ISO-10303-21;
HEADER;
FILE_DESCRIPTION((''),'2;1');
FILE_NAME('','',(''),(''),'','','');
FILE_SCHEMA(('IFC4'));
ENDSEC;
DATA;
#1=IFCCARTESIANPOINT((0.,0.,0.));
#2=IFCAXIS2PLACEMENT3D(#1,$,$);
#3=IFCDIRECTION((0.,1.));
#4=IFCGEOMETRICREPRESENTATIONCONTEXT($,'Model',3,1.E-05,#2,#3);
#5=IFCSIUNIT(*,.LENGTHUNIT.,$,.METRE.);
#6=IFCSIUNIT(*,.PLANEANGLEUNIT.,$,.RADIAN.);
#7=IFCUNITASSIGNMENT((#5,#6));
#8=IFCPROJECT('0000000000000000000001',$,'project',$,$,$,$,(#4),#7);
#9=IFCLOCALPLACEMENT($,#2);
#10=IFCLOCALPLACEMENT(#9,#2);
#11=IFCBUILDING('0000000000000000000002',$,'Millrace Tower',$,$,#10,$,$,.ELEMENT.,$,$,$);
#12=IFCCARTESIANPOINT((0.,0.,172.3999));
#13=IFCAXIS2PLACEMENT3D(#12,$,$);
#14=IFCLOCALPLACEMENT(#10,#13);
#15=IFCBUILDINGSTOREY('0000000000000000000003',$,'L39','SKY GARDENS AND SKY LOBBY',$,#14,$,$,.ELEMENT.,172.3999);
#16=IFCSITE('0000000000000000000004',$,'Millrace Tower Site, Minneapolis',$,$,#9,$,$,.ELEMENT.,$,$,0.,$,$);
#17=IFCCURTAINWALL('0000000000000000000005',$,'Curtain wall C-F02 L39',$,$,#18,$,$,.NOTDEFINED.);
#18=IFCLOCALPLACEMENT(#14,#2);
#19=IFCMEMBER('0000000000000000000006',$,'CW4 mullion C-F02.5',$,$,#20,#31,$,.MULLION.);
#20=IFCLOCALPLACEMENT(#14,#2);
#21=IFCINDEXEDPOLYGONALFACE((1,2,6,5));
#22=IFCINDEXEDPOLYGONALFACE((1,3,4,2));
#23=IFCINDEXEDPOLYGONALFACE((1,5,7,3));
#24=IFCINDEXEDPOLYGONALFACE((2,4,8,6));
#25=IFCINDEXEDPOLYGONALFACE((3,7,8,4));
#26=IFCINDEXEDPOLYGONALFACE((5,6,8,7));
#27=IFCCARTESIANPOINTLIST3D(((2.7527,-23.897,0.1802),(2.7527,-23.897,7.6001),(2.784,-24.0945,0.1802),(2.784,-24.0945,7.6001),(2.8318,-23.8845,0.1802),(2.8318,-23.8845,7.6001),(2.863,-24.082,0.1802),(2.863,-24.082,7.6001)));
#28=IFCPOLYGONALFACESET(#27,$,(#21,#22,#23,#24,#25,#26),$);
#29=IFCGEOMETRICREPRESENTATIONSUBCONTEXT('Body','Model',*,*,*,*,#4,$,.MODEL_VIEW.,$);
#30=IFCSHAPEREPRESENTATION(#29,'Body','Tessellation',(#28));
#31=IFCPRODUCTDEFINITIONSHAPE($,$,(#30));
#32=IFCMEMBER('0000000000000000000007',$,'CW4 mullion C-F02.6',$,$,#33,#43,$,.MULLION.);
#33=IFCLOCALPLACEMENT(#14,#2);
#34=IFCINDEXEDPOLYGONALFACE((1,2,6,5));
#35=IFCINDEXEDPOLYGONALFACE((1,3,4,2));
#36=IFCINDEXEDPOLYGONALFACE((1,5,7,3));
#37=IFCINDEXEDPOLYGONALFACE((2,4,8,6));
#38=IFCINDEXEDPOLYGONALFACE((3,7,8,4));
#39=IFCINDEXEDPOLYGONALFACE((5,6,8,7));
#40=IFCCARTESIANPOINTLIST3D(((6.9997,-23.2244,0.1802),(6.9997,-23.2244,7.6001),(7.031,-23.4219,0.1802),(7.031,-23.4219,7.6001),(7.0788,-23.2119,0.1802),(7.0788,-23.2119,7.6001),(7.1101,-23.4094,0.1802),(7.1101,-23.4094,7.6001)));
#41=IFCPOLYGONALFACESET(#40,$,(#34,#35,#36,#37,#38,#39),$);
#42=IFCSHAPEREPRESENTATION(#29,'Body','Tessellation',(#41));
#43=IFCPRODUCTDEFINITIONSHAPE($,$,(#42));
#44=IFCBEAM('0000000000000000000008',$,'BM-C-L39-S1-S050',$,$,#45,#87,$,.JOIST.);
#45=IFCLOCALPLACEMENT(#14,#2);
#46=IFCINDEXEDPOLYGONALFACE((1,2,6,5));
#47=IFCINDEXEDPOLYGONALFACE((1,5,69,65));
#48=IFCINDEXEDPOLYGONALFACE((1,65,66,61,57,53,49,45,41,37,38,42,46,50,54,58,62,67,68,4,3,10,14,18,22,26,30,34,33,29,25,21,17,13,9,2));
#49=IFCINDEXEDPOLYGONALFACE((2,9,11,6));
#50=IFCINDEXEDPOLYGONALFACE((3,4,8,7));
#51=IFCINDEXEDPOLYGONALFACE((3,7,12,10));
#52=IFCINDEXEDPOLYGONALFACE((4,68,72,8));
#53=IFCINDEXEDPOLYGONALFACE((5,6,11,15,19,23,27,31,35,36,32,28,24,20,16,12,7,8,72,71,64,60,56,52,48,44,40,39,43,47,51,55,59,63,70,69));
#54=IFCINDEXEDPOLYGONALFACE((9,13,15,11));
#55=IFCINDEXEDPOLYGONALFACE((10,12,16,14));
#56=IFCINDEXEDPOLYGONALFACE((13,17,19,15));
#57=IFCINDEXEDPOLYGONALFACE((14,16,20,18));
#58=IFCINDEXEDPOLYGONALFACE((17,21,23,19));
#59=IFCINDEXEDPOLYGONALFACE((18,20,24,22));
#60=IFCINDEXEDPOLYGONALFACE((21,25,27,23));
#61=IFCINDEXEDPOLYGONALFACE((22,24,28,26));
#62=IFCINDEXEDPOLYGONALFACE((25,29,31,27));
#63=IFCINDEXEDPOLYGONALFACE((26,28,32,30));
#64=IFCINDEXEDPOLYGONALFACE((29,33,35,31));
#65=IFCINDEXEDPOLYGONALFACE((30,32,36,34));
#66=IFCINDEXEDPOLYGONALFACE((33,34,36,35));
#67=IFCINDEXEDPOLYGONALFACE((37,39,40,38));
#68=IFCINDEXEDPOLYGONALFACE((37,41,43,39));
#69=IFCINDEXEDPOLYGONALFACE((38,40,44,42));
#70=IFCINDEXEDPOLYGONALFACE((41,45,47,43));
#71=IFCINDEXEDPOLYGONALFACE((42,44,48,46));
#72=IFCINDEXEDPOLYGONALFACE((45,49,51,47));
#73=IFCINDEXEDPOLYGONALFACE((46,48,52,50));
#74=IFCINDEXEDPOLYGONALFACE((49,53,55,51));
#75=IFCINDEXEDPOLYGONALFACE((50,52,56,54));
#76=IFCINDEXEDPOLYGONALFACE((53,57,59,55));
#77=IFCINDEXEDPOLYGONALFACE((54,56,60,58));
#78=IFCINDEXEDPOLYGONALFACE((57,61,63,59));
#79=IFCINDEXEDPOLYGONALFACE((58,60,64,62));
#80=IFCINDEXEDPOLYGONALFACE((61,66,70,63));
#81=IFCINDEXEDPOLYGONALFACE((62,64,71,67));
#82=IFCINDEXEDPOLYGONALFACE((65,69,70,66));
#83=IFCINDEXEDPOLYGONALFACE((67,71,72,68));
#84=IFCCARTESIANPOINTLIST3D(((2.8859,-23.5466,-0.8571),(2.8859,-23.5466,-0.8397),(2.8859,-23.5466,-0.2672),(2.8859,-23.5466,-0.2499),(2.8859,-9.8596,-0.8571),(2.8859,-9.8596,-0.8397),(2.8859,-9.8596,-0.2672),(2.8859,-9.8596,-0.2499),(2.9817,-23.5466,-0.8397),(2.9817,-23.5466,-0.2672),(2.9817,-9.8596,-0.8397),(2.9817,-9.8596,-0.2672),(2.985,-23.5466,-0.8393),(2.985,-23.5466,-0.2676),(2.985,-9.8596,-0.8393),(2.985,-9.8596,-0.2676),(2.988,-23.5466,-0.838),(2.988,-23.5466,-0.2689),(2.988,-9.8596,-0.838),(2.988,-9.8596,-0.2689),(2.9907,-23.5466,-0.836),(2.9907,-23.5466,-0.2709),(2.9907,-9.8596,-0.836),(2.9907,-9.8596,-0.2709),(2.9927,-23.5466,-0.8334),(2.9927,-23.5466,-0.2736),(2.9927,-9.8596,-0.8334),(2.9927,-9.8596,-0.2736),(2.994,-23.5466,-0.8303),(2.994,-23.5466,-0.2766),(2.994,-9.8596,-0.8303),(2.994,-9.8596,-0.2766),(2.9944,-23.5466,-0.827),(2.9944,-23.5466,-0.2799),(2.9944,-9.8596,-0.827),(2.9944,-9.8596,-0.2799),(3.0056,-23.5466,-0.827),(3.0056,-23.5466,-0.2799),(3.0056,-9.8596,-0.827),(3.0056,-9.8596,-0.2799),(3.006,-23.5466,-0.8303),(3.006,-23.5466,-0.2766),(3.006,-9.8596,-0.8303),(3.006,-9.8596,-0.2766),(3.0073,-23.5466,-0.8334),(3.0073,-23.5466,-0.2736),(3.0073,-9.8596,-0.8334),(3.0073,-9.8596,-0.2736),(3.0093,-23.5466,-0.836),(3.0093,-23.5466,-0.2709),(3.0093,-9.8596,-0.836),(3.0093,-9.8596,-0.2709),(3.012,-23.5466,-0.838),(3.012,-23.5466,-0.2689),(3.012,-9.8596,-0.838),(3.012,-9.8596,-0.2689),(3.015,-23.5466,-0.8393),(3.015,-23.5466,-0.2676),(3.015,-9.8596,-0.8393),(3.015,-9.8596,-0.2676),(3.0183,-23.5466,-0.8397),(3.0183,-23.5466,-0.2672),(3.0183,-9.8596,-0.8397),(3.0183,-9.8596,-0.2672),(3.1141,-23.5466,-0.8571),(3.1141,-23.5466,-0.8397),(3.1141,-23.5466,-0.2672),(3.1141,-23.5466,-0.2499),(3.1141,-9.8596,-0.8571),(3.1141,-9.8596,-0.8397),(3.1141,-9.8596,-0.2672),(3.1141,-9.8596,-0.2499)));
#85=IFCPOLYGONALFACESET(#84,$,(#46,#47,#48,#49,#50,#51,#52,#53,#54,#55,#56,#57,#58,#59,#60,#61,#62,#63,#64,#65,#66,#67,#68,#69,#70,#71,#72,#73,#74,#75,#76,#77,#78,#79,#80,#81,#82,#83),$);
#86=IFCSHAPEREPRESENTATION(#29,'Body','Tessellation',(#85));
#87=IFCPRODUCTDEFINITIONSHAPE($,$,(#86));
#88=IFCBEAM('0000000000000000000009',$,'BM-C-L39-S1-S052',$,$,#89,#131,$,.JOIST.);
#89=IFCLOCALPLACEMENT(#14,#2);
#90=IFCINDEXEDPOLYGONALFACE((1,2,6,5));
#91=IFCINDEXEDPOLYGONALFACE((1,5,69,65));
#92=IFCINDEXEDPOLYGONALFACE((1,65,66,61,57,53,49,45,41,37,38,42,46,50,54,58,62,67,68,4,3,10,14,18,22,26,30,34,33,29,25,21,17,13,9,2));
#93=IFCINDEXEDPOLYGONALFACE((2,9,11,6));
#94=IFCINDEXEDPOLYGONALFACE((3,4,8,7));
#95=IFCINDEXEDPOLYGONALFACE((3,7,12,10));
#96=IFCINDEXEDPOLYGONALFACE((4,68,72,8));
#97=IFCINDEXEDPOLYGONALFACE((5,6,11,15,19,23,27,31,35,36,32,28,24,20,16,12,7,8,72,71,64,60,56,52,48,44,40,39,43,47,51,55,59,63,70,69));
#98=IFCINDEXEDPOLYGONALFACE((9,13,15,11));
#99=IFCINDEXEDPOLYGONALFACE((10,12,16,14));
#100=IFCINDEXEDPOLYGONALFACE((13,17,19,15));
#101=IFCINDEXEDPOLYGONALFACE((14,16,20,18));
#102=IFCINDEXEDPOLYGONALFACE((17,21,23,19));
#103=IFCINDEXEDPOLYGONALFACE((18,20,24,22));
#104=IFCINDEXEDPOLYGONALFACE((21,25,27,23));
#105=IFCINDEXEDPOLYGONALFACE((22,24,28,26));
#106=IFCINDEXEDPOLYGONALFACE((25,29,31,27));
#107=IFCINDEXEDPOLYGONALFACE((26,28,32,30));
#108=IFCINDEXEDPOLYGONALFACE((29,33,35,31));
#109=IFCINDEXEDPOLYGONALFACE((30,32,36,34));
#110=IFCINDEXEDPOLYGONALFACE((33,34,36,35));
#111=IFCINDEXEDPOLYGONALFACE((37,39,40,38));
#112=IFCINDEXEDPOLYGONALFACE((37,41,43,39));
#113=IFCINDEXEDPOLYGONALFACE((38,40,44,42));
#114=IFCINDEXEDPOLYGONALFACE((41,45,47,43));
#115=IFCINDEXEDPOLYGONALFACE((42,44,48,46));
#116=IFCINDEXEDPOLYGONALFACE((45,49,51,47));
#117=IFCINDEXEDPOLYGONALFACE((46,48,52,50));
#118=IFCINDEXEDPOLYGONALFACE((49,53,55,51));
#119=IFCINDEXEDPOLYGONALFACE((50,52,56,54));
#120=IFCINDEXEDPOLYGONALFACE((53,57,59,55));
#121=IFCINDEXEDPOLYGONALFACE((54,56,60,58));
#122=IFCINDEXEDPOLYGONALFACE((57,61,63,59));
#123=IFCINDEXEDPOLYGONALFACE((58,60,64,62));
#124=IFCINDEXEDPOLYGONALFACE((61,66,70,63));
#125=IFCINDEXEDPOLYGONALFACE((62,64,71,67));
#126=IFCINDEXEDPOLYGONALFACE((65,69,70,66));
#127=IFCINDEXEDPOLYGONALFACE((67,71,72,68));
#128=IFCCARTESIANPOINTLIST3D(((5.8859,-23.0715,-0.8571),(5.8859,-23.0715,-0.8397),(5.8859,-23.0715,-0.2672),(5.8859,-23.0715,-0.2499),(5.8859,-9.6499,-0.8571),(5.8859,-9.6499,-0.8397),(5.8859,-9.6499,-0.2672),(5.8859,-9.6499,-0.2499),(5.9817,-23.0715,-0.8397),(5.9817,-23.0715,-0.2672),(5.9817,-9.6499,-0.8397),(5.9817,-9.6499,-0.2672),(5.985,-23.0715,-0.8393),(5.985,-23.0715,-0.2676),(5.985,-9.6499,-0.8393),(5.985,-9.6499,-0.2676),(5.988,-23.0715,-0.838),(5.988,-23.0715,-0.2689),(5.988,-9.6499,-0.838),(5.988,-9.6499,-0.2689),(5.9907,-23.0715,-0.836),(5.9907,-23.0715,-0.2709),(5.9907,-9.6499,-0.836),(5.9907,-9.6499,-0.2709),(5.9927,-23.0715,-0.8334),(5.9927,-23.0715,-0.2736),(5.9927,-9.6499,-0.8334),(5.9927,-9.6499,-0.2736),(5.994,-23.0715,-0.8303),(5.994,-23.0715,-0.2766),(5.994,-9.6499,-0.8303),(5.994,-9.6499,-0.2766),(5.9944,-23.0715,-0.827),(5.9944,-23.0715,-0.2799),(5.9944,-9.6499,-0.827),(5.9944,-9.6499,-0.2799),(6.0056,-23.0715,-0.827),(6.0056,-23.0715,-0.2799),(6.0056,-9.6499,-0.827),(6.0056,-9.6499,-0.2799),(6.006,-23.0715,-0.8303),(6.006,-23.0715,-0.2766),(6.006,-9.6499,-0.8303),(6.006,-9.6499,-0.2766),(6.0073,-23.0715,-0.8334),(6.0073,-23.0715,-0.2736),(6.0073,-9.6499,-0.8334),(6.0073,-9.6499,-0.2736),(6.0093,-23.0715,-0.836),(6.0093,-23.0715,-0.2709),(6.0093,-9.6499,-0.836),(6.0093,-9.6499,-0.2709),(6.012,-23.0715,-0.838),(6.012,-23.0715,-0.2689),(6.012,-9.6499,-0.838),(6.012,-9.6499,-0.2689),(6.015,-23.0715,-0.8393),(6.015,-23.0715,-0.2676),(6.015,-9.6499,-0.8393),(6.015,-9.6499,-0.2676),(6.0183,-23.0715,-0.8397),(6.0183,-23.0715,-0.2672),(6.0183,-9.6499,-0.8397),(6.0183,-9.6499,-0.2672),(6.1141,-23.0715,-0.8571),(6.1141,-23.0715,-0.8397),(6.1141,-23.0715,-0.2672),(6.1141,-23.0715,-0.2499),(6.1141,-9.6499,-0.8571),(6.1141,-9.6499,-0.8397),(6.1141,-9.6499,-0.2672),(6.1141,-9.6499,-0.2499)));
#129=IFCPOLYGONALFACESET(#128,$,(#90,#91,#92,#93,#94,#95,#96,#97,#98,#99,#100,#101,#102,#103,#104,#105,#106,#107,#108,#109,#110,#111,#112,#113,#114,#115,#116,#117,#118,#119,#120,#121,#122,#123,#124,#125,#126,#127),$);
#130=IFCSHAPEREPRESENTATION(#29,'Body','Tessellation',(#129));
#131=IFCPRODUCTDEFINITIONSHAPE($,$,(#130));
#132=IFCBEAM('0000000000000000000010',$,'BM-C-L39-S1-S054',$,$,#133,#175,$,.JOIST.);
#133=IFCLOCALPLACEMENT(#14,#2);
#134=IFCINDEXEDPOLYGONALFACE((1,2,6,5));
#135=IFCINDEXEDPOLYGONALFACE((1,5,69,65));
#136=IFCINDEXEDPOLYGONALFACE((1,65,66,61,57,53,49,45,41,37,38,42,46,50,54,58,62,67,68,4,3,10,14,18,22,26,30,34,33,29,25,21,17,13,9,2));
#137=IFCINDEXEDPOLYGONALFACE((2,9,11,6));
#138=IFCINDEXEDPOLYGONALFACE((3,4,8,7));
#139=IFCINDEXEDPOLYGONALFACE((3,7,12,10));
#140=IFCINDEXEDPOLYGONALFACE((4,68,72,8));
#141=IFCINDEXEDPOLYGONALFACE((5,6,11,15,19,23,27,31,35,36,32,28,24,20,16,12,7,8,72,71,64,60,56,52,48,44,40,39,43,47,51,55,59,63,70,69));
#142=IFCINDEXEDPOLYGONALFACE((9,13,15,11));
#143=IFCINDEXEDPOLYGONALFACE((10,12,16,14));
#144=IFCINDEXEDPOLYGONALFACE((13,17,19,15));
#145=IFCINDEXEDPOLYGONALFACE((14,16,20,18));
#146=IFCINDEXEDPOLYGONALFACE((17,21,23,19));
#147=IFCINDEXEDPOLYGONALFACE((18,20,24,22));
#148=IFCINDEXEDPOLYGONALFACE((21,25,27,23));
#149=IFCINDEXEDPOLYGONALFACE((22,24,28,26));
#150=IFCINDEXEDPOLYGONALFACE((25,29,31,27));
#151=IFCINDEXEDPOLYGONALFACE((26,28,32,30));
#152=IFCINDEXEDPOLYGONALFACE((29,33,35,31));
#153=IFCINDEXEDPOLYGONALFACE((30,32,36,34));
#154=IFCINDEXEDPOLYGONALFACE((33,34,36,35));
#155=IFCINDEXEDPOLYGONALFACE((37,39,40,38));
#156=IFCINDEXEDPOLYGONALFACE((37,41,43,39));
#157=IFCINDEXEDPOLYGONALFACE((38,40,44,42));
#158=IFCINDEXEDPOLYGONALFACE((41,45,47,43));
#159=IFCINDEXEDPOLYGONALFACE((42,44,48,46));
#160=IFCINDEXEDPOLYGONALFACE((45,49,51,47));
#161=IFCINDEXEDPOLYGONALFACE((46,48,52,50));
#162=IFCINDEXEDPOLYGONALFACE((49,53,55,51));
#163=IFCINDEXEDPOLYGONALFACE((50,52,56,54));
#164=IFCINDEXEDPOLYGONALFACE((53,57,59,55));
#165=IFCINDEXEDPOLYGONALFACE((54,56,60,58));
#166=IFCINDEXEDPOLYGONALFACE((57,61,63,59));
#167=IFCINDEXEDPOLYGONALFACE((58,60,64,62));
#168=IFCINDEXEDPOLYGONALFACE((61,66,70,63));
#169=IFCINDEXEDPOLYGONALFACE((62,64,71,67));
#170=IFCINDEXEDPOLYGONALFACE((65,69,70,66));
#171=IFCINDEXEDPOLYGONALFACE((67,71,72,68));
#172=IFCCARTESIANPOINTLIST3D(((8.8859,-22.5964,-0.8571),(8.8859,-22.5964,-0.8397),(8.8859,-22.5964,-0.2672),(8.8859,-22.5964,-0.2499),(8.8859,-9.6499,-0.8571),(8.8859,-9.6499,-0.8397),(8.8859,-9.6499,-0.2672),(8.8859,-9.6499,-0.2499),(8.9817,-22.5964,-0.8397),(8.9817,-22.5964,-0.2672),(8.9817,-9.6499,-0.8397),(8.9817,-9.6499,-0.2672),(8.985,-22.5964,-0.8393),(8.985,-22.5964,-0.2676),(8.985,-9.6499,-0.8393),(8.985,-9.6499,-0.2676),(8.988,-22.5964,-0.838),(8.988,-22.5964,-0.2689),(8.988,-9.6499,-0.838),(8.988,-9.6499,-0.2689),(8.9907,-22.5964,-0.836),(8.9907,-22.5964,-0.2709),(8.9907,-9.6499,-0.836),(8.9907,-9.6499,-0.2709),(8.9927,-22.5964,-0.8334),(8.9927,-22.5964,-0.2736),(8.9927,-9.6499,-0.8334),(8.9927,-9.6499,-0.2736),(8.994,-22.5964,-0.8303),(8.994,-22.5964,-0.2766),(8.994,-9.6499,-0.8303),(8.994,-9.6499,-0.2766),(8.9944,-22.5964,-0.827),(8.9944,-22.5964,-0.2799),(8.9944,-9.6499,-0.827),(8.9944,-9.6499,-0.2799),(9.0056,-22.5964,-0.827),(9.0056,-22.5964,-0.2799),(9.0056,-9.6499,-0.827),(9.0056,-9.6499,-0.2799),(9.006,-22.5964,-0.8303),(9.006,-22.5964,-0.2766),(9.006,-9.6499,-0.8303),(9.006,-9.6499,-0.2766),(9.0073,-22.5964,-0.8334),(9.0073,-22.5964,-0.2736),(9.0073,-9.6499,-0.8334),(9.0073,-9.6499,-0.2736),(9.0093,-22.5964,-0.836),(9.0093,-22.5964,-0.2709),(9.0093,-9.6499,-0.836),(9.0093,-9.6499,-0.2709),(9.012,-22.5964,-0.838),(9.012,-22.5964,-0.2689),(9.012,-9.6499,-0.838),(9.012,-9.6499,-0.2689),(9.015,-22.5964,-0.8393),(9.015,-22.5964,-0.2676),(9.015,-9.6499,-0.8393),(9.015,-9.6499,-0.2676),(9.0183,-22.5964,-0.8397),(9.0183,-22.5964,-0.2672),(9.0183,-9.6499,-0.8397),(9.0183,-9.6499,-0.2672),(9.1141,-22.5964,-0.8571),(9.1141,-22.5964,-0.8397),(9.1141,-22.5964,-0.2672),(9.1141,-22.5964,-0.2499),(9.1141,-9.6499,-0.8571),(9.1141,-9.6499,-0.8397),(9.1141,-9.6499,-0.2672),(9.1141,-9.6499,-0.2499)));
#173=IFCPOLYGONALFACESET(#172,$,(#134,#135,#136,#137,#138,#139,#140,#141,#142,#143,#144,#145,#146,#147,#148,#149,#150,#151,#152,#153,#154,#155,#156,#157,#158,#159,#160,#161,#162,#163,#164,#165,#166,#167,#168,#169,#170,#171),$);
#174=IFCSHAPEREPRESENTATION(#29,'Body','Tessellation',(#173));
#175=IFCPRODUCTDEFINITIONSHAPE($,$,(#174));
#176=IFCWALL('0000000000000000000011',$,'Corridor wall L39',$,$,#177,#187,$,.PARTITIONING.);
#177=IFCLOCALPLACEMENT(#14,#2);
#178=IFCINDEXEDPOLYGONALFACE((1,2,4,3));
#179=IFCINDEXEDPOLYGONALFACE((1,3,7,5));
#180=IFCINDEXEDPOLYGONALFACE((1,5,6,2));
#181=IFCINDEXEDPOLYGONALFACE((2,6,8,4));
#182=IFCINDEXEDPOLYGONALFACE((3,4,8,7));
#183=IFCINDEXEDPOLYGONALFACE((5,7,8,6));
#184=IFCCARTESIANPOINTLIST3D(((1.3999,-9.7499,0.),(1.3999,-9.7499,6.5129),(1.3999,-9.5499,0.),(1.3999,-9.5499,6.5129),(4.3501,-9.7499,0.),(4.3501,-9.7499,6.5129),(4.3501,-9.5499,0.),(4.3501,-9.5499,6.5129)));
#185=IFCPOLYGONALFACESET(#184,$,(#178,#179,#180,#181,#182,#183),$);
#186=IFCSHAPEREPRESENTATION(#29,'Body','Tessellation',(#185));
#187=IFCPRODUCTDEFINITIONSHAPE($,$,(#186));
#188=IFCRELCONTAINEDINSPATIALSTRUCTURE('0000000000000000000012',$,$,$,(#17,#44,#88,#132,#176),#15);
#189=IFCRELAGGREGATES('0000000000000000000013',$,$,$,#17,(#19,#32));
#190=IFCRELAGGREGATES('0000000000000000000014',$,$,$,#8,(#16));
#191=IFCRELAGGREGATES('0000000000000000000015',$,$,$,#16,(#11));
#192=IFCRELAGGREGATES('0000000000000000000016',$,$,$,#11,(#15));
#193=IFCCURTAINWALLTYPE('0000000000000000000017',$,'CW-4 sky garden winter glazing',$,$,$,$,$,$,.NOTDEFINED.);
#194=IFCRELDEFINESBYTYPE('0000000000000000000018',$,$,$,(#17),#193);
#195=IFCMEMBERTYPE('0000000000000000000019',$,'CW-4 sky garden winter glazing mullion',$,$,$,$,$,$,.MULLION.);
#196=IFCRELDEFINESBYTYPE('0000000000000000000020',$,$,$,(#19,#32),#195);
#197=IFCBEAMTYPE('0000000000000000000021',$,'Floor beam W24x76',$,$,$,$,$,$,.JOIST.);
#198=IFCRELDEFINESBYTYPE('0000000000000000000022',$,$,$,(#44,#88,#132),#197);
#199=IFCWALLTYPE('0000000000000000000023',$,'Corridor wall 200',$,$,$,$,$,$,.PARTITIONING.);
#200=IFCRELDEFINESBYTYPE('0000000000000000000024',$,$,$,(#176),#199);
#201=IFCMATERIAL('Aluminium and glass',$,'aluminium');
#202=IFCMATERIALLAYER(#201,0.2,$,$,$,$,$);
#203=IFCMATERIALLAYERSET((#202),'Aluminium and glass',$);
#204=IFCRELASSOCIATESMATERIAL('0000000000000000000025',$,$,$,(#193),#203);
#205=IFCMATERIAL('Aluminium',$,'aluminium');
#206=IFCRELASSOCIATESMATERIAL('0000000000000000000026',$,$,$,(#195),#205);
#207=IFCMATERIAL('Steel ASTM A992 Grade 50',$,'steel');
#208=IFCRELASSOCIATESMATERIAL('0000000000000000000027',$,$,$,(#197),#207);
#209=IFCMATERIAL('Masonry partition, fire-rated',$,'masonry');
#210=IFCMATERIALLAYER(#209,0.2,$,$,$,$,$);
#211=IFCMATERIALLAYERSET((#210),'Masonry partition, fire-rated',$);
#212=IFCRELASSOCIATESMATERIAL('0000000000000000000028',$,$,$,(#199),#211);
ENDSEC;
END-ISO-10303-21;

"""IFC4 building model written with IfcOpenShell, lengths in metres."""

from ifc_helpers import new_model, si_unit, direction, frame, frame_2d, origin, origin_2d, place, context, subcontext, project, spatial, rectangle, i_section, extrude, material, layer, layer_set, material_profile, profile_set, type_object, element, aggregate, save


model = new_model("IFC4")

# Units and contexts
model_context = context("Model", 3, precision=1e-05, world=origin(), true_north=direction((0.0, 1.0)))
body_context = subcontext(model_context, "Body", "Model", "MODEL_VIEW")
ifc_project = project(units=[si_unit("LENGTHUNIT", "METRE"), si_unit("PLANEANGLEUNIT", "RADIAN")], contexts=[model_context])

# Site, building, storey
site_placement = place(None, origin())
site = spatial("IfcSite", under=ifc_project, at=site_placement, Name="Millrace Tower Site, Minneapolis", CompositionType="ELEMENT", RefElevation=0.0)
building_placement = place(site_placement, origin())
building = spatial("IfcBuilding", under=site, at=building_placement, Name="Millrace Tower", CompositionType="ELEMENT")
storey_placement = place(building_placement, frame((0.0, 0.0, 172.3999)))
storey = spatial("IfcBuildingStorey", under=building, at=storey_placement, Name="L39", Description="SKY GARDENS AND SKY LOBBY", CompositionType="ELEMENT", Elevation=172.3999)

# Curtain wall, members
ifc_material_1 = material(Name="Aluminium and glass", Category="aluminium")
ifc_layer_1 = layer(ifc_material_1, 0.2)
ifc_layer_set_1 = layer_set([ifc_layer_1], Name="Aluminium and glass")
curtain_wall_type = type_object("IfcCurtainWallType", Name="CW-4 sky garden winter glazing", PredefinedType="NOTDEFINED", material=ifc_layer_set_1)
placement = place(storey_placement, origin())
curtain_wall = element("IfcCurtainWall", 1, at=placement, inside=storey, type_object=curtain_wall_type, Name="Curtain wall C-F02 L39", PredefinedType="NOTDEFINED")
ifc_material_2 = material(Name="Aluminium", Category="aluminium")
ifc_material_profile_1 = material_profile(ifc_material_2, rectangle(XDim=0.0801, YDim=0.2, at=origin_2d()))
ifc_profile_set_1 = profile_set([ifc_material_profile_1], Name="Aluminium")
member_type = type_object("IfcMemberType", Name="CW-4 sky garden winter glazing mullion", PredefinedType="MULLION", material=ifc_profile_set_1)
member_1_placement = place(storey_placement, frame((2.8079, -23.9895, 0.1802), z_axis=(0.0, 0.0, 1.0), x_axis=(0.987688, 0.156434, 0.0)))
member_1 = element("IfcMember", 2, at=member_1_placement, type_object=member_type, Name="CW4 mullion C-F02.5", PredefinedType="MULLION", context=body_context, shape_type="SweptSolid", body=[
    extrude(rectangle(XDim=0.0801, YDim=0.2, at=origin_2d()), origin(), (0.0, 0.0, 1.0), 7.4199),
])
member_2_placement = place(storey_placement, frame((7.0549, -23.3169, 0.1802), z_axis=(0.0, 0.0, 1.0), x_axis=(0.987688, 0.156434, 0.0)))
member_2 = element("IfcMember", 3, at=member_2_placement, type_object=member_type, Name="CW4 mullion C-F02.6", PredefinedType="MULLION", context=body_context, shape_type="SweptSolid", body=[
    extrude(rectangle(XDim=0.0801, YDim=0.2, at=origin_2d()), origin(), (0.0, 0.0, 1.0), 7.4199),
])
aggregate(curtain_wall, [member_1, member_2])

# Beams
ifc_material_3 = material(Name="Steel ASTM A992 Grade 50", Category="steel")
ifc_material_profile_2 = material_profile(ifc_material_3, i_section(OverallWidth=0.2283, OverallDepth=0.6072, WebThickness=0.0112, FlangeThickness=0.0173, FilletRadius=0.0127, at=origin_2d()))
ifc_profile_set_2 = profile_set([ifc_material_profile_2], Name="Steel ASTM A992 Grade 50")
beam_type = type_object("IfcBeamType", Name="Floor beam W24x76", PredefinedType="JOIST", material=ifc_profile_set_2)
beam_1_placement = place(storey_placement, frame((3.0, -23.5466, -0.5535), z_axis=(0.0, 1.0, 0.0), x_axis=(-1.0, 0.0, 0.0)))
element("IfcBeam", 4, at=beam_1_placement, inside=storey, type_object=beam_type, Name="BM-C-L39-S1-S050", PredefinedType="JOIST", context=body_context, shape_type="SweptSolid", body=[
    extrude(i_section(OverallWidth=0.2283, OverallDepth=0.6072, WebThickness=0.0112, FlangeThickness=0.0173, FilletRadius=0.0127, at=origin_2d()), origin(), (0.0, 0.0, 1.0), 13.687),
])
beam_2_placement = place(storey_placement, frame((6.0, -23.0715, -0.5535), z_axis=(0.0, 1.0, 0.0), x_axis=(-1.0, 0.0, 0.0)))
element("IfcBeam", 5, at=beam_2_placement, inside=storey, type_object=beam_type, Name="BM-C-L39-S1-S052", PredefinedType="JOIST", context=body_context, shape_type="SweptSolid", body=[
    extrude(i_section(OverallWidth=0.2283, OverallDepth=0.6072, WebThickness=0.0112, FlangeThickness=0.0173, FilletRadius=0.0127, at=origin_2d()), origin(), (0.0, 0.0, 1.0), 13.4216),
])
beam_3_placement = place(storey_placement, frame((9.0, -22.5964, -0.5535), z_axis=(0.0, 1.0, 0.0), x_axis=(-1.0, 0.0, 0.0)))
element("IfcBeam", 6, at=beam_3_placement, inside=storey, type_object=beam_type, Name="BM-C-L39-S1-S054", PredefinedType="JOIST", context=body_context, shape_type="SweptSolid", body=[
    extrude(i_section(OverallWidth=0.2283, OverallDepth=0.6072, WebThickness=0.0112, FlangeThickness=0.0173, FilletRadius=0.0127, at=origin_2d()), origin(), (0.0, 0.0, 1.0), 12.9465),
])

# Wall
ifc_material_4 = material(Name="Masonry partition, fire-rated", Category="masonry")
ifc_layer_2 = layer(ifc_material_4, 0.2)
ifc_layer_set_2 = layer_set([ifc_layer_2], Name="Masonry partition, fire-rated")
wall_type_1 = type_object("IfcWallType", Name="Corridor wall 200", PredefinedType="PARTITIONING", material=ifc_layer_set_2)
wall_1_placement = place(storey_placement, frame((1.3999, -9.6499, 0.0), z_axis=(0.0, 0.0, 1.0), x_axis=(1.0, 0.0, 0.0)))
element("IfcWall", 7, at=wall_1_placement, inside=storey, type_object=wall_type_1, Name="Corridor wall L39", PredefinedType="PARTITIONING", context=body_context, shape_type="SweptSolid", body=[
    extrude(rectangle(XDim=2.9502, YDim=0.2, at=frame_2d((1.4751, 0.0))), origin(), (0.0, 0.0, 1.0), 6.5129),
])

save(model, "model.ifc")
